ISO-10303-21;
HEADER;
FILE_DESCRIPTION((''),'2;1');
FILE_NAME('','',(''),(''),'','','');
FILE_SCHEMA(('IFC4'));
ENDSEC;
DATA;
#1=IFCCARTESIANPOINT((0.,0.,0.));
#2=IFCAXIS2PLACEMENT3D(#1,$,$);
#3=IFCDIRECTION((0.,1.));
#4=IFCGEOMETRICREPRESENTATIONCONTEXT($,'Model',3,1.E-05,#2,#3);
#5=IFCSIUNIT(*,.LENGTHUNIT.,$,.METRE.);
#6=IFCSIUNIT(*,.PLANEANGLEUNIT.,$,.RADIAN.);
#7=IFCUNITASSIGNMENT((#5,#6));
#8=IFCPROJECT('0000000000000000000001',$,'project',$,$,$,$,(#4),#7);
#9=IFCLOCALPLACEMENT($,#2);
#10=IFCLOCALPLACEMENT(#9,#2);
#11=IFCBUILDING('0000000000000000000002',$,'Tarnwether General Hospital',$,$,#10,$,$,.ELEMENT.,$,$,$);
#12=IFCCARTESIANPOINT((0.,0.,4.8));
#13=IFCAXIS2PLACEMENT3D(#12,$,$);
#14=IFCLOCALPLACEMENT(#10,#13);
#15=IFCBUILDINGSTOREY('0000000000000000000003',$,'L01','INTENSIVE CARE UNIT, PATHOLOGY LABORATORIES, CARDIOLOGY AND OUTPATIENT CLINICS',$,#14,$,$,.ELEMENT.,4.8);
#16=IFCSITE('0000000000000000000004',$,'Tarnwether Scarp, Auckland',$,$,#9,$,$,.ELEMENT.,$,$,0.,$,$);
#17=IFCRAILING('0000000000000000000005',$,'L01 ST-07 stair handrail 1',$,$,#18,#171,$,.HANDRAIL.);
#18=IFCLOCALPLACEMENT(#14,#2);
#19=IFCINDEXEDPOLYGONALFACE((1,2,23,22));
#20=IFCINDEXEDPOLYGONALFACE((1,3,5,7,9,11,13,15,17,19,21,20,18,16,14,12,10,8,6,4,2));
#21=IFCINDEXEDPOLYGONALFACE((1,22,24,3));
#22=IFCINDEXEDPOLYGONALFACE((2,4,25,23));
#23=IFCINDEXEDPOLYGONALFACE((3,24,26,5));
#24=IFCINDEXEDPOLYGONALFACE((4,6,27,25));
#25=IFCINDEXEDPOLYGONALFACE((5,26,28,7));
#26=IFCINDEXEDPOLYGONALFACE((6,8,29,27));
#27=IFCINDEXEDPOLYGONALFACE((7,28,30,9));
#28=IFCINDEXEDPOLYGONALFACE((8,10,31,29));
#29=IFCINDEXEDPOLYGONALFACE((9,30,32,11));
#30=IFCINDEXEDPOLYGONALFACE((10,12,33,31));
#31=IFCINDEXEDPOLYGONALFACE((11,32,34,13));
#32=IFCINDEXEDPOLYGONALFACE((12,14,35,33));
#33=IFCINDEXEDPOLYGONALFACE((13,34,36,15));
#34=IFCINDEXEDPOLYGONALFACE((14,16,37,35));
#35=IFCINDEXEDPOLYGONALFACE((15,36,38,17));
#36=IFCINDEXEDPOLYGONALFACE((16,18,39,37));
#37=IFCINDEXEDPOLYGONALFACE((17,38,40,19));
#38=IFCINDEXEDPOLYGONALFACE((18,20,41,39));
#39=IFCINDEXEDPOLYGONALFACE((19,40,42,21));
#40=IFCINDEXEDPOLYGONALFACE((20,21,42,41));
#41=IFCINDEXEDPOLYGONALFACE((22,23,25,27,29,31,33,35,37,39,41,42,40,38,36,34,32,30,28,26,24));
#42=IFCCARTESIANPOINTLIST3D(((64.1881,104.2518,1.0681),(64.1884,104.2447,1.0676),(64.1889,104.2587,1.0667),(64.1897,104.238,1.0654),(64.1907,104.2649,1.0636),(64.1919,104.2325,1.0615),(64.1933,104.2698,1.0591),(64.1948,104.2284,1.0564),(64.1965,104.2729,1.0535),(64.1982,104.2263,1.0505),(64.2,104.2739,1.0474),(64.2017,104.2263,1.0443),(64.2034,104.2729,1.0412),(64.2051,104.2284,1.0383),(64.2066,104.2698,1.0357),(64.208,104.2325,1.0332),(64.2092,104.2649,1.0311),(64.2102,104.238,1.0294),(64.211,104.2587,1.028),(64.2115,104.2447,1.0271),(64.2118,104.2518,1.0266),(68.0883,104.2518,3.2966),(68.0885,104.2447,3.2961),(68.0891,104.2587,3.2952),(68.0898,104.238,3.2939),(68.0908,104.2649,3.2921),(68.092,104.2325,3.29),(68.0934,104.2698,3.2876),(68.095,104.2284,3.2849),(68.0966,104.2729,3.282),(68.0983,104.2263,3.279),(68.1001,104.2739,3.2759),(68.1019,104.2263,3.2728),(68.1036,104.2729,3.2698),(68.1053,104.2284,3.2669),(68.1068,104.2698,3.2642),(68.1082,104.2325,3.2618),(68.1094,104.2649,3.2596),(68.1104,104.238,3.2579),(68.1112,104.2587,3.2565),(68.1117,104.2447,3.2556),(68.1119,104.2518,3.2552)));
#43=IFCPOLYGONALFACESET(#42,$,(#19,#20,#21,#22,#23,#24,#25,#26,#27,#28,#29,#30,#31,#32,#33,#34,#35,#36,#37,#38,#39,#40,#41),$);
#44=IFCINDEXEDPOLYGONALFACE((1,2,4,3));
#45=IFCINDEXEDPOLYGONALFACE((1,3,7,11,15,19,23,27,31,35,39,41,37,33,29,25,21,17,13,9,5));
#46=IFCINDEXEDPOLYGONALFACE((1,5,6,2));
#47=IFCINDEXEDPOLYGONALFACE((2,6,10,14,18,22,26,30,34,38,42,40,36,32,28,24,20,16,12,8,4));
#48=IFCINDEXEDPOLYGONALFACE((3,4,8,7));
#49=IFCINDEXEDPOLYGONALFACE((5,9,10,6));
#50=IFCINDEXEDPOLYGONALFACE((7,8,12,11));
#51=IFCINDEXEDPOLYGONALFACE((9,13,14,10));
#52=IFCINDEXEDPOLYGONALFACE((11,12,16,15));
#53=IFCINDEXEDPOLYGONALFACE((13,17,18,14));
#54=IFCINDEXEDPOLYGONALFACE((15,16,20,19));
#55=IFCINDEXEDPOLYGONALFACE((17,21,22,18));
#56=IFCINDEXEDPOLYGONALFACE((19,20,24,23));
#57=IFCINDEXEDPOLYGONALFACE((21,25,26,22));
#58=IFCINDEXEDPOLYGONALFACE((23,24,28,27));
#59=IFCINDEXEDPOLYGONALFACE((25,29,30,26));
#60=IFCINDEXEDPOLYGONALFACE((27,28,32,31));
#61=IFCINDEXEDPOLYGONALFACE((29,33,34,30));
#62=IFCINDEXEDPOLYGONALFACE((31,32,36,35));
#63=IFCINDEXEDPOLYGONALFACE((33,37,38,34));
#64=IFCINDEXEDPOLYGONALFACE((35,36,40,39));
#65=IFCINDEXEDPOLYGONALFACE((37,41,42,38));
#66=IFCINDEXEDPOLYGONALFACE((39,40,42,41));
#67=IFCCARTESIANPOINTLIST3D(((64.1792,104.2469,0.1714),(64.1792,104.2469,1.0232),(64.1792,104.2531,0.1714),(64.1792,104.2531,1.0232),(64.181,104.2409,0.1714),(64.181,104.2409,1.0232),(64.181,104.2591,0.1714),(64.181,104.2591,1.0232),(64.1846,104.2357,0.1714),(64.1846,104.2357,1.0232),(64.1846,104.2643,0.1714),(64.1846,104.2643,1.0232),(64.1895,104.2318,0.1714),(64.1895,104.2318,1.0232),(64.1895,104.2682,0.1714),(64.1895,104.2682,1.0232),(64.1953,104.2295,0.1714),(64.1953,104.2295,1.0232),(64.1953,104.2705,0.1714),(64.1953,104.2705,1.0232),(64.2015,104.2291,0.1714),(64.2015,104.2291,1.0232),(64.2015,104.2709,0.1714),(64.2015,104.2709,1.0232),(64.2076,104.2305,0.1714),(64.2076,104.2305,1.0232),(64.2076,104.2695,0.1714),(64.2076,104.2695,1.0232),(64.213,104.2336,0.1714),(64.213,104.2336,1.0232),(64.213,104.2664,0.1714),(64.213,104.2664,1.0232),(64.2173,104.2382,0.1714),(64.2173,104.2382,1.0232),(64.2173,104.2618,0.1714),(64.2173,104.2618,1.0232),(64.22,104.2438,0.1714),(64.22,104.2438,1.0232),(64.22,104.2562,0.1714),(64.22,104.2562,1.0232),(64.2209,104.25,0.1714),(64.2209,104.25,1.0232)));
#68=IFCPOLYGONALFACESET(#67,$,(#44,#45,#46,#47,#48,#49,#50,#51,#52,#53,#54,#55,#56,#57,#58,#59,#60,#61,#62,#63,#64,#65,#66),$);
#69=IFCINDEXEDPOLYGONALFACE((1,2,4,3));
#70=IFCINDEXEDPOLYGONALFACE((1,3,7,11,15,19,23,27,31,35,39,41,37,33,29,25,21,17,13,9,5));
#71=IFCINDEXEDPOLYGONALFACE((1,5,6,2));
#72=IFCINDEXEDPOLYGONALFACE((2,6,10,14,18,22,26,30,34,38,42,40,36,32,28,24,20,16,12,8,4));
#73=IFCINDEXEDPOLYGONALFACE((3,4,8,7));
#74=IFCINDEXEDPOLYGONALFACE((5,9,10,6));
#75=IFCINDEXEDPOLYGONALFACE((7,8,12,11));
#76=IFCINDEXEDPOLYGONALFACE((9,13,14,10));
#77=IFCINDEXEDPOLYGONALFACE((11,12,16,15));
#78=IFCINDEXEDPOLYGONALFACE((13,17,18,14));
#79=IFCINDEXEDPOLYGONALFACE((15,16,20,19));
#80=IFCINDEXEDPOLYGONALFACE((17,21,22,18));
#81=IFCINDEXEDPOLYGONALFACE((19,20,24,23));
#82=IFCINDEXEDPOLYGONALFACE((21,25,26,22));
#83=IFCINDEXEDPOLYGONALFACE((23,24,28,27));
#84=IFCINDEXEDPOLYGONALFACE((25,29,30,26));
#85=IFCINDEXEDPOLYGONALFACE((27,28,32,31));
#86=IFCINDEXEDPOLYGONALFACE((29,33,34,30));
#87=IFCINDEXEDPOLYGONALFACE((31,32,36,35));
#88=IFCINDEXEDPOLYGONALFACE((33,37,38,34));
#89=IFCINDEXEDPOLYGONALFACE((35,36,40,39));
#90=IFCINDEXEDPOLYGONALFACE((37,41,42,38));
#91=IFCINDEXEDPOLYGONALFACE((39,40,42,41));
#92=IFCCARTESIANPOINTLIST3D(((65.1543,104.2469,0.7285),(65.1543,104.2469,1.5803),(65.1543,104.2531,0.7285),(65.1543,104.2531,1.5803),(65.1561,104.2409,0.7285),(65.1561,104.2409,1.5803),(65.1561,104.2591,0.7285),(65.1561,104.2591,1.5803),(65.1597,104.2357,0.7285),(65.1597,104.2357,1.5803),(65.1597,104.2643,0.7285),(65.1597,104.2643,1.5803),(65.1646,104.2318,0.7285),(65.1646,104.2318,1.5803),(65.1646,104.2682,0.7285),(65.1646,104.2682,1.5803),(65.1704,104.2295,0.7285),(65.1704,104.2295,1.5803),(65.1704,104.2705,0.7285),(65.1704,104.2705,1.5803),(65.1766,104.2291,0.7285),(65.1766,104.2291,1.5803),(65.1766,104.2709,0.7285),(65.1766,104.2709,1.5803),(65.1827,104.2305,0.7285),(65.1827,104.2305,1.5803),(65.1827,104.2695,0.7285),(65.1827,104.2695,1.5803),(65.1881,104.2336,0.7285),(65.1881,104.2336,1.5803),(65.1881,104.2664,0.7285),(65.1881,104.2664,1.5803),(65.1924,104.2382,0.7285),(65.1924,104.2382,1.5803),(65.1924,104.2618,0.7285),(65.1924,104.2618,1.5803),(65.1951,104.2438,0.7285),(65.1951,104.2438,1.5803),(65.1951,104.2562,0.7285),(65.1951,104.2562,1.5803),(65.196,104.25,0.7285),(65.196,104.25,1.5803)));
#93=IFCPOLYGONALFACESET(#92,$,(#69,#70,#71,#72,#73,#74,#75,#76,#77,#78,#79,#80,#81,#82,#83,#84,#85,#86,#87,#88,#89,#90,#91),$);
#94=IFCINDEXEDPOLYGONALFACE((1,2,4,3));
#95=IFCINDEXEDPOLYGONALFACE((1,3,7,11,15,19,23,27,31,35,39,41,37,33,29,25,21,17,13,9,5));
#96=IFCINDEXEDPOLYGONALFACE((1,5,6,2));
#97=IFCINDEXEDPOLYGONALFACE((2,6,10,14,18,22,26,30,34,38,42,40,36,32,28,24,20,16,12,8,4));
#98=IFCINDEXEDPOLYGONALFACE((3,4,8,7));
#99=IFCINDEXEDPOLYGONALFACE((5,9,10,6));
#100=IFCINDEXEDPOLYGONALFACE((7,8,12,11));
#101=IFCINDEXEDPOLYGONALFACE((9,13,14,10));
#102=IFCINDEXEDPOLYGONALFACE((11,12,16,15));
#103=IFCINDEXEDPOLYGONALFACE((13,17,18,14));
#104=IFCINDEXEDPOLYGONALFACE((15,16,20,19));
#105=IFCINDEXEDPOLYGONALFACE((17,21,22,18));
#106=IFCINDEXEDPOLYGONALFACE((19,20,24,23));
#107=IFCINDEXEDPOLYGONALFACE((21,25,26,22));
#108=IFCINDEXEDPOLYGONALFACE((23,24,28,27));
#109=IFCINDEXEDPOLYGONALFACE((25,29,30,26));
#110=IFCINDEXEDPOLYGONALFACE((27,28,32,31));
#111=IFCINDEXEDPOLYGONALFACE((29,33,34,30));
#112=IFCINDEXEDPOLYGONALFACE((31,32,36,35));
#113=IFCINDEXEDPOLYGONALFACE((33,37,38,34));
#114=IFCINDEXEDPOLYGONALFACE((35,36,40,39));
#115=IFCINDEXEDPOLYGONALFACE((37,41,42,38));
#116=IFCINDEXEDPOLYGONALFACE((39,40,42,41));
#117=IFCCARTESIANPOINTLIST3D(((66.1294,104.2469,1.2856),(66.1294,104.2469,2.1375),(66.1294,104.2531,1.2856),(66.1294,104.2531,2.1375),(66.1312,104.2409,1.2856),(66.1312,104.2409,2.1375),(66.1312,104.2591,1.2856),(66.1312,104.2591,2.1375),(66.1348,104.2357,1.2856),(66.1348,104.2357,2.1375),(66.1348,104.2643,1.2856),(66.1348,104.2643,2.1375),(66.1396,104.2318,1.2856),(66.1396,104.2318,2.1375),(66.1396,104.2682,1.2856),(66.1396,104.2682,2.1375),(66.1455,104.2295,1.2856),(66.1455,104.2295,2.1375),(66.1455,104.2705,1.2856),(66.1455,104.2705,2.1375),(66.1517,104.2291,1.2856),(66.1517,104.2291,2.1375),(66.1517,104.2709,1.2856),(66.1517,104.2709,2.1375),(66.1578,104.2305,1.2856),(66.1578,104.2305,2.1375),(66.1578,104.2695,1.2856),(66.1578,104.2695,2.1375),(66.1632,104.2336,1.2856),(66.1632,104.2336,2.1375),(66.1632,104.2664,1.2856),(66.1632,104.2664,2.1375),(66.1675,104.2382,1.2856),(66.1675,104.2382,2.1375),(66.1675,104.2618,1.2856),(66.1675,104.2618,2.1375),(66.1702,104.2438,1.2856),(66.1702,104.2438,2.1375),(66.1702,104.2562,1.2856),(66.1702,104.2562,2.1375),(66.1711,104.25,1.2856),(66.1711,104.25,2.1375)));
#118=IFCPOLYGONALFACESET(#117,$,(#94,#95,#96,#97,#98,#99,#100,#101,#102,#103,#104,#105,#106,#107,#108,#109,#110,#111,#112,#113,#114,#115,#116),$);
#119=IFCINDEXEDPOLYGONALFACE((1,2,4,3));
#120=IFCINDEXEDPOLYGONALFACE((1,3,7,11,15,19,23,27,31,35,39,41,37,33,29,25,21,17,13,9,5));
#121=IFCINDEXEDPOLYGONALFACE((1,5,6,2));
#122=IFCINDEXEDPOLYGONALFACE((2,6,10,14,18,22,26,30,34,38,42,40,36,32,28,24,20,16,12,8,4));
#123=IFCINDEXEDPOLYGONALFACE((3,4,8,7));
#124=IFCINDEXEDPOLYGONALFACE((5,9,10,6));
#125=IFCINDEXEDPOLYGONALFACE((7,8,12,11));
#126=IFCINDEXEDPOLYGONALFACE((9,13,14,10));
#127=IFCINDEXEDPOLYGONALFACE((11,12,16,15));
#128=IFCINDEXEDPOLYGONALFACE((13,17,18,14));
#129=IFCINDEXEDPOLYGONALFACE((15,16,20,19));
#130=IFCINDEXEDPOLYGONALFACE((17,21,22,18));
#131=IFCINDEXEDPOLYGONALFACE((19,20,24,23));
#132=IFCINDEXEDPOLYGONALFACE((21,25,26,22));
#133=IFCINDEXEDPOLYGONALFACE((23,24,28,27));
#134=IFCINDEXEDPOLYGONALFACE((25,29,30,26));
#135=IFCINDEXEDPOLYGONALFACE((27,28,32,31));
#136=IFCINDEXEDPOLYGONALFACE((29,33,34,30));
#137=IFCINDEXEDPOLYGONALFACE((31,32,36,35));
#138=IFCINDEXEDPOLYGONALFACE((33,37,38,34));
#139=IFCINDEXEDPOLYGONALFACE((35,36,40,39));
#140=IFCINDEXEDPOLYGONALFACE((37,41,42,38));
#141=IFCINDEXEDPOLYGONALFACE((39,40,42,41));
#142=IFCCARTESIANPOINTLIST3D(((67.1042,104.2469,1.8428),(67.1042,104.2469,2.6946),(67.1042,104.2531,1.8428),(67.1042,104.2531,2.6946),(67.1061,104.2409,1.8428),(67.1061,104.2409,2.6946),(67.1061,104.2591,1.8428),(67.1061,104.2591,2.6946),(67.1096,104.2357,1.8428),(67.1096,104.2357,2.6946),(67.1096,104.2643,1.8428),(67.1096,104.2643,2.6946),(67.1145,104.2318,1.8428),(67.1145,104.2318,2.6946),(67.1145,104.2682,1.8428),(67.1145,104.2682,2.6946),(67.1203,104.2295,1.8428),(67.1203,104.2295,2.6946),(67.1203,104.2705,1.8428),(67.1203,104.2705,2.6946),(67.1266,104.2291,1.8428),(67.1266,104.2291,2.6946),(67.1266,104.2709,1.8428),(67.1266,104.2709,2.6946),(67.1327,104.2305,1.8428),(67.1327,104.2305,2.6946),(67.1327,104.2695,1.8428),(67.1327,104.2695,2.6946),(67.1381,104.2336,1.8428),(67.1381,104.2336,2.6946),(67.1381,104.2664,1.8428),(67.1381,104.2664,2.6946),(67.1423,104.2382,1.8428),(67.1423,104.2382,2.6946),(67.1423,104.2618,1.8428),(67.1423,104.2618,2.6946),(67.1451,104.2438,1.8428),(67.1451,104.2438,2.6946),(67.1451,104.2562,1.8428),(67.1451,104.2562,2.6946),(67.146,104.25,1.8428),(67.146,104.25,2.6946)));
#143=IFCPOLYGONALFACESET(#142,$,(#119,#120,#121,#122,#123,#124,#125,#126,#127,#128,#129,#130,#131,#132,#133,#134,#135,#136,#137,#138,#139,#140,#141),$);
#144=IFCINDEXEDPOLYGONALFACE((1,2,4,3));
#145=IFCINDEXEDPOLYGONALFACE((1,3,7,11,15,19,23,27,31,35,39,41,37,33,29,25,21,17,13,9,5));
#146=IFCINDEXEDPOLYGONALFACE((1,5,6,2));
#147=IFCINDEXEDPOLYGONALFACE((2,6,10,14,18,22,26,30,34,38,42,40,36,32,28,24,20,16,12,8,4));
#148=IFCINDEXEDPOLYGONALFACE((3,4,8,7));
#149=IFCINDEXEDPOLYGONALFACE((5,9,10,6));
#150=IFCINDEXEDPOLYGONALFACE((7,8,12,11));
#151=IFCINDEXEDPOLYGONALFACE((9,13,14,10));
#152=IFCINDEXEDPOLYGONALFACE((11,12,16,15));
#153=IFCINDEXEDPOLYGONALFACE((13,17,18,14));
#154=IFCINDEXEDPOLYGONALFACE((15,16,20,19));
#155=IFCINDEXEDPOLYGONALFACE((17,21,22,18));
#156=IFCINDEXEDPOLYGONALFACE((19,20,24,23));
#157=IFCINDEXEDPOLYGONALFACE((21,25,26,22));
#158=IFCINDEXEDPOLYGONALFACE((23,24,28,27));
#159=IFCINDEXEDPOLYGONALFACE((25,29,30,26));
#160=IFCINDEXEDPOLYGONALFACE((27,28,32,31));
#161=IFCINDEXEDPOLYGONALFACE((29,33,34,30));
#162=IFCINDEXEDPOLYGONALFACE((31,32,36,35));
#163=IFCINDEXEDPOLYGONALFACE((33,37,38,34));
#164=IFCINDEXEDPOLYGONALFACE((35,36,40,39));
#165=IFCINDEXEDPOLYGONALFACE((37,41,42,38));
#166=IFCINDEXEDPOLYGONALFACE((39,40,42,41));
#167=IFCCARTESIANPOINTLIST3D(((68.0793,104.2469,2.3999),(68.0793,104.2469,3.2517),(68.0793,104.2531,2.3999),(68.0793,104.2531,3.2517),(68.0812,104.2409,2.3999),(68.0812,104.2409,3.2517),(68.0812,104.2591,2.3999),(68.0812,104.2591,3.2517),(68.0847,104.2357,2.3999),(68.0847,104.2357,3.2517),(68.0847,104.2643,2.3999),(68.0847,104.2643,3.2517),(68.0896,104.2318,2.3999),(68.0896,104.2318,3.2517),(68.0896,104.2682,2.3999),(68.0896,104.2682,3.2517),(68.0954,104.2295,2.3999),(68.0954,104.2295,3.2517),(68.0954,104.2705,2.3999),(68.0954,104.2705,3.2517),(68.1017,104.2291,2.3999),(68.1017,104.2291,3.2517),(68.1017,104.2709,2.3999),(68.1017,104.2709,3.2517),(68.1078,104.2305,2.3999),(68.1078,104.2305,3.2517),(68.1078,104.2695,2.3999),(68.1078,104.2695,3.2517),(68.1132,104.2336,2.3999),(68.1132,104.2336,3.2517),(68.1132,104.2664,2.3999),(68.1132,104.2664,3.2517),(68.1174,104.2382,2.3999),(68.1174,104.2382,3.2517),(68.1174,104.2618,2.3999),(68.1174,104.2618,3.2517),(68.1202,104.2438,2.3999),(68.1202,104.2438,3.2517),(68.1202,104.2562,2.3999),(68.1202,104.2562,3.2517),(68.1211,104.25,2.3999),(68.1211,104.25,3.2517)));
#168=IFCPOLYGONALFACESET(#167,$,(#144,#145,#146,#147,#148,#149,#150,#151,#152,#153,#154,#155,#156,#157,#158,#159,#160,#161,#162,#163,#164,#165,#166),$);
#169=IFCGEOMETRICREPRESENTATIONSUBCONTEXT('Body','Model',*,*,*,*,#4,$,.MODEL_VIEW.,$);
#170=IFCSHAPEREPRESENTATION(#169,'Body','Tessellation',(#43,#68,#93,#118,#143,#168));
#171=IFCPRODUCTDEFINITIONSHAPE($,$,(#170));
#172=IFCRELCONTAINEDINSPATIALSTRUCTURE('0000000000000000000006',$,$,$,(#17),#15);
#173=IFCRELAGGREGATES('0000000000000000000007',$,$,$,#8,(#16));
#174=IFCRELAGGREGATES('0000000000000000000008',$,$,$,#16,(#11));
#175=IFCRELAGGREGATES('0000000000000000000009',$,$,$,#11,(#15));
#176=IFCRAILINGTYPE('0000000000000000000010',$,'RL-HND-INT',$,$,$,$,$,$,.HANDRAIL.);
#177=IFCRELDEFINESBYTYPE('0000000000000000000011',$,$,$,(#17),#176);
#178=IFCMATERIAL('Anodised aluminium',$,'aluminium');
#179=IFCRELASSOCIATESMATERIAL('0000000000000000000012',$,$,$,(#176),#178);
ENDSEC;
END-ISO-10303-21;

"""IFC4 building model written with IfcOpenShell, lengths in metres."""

from ifc_helpers import new_model, si_unit, direction, frame, origin, origin_2d, place, context, subcontext, project, spatial, circle, extrude, material, type_object, element, save


model = new_model("IFC4")

# Units and contexts
model_context = context("Model", 3, precision=1e-05, world=origin(), true_north=direction((0.0, 1.0)))
body_context = subcontext(model_context, "Body", "Model", "MODEL_VIEW")
ifc_project = project(units=[si_unit("LENGTHUNIT", "METRE"), si_unit("PLANEANGLEUNIT", "RADIAN")], contexts=[model_context])

# Site, building, storey
site_placement = place(None, origin())
site = spatial("IfcSite", under=ifc_project, at=site_placement, Name="Tarnwether Scarp, Auckland", CompositionType="ELEMENT", RefElevation=0.0)
building_placement = place(site_placement, origin())
building = spatial("IfcBuilding", under=site, at=building_placement, Name="Tarnwether General Hospital", CompositionType="ELEMENT")
storey_placement = place(building_placement, frame((0.0, 0.0, 4.8)))
storey = spatial("IfcBuildingStorey", under=building, at=storey_placement, Name="L01", Description="INTENSIVE CARE UNIT, PATHOLOGY LABORATORIES, CARDIOLOGY AND OUTPATIENT CLINICS", CompositionType="ELEMENT", Elevation=4.8)

# Railing
ifc_material_1 = material(Name="Anodised aluminium", Category="aluminium")
railing_type_1 = type_object("IfcRailingType", Name="RL-HND-INT", PredefinedType="HANDRAIL", material=ifc_material_1)
railing_1_placement = place(storey_placement, frame((64.2, 104.25, 0.1714)))
element("IfcRailing", 1, at=railing_1_placement, inside=storey, type_object=railing_type_1, Name="L01 ST-07 stair handrail 1", PredefinedType="HANDRAIL", context=body_context, shape_type="SweptSolid", body=[
    extrude(circle(Radius=0.0239, at=origin_2d()), frame((0.0, 0.0, 0.876), z_axis=(0.868257, 0.0, 0.496116), x_axis=(0.0, 1.0, 0.0)), (0.0, 0.0, 1.0), 4.4919),
    extrude(circle(Radius=0.021, at=origin_2d()), origin(), (0.0, 0.0, 1.0), 0.8518),
    extrude(circle(Radius=0.021, at=origin_2d()), frame((0.9751, 0.0, 0.5571)), (0.0, 0.0, 1.0), 0.8518),
    extrude(circle(Radius=0.021, at=origin_2d()), frame((1.9502, 0.0, 1.1143)), (0.0, 0.0, 1.0), 0.8518),
    extrude(circle(Radius=0.021, at=origin_2d()), frame((2.925, 0.0, 1.6714)), (0.0, 0.0, 1.0), 0.8518),
    extrude(circle(Radius=0.021, at=origin_2d()), frame((3.9001, 0.0, 2.2285)), (0.0, 0.0, 1.0), 0.8518),
])

save(model, "model.ifc")
